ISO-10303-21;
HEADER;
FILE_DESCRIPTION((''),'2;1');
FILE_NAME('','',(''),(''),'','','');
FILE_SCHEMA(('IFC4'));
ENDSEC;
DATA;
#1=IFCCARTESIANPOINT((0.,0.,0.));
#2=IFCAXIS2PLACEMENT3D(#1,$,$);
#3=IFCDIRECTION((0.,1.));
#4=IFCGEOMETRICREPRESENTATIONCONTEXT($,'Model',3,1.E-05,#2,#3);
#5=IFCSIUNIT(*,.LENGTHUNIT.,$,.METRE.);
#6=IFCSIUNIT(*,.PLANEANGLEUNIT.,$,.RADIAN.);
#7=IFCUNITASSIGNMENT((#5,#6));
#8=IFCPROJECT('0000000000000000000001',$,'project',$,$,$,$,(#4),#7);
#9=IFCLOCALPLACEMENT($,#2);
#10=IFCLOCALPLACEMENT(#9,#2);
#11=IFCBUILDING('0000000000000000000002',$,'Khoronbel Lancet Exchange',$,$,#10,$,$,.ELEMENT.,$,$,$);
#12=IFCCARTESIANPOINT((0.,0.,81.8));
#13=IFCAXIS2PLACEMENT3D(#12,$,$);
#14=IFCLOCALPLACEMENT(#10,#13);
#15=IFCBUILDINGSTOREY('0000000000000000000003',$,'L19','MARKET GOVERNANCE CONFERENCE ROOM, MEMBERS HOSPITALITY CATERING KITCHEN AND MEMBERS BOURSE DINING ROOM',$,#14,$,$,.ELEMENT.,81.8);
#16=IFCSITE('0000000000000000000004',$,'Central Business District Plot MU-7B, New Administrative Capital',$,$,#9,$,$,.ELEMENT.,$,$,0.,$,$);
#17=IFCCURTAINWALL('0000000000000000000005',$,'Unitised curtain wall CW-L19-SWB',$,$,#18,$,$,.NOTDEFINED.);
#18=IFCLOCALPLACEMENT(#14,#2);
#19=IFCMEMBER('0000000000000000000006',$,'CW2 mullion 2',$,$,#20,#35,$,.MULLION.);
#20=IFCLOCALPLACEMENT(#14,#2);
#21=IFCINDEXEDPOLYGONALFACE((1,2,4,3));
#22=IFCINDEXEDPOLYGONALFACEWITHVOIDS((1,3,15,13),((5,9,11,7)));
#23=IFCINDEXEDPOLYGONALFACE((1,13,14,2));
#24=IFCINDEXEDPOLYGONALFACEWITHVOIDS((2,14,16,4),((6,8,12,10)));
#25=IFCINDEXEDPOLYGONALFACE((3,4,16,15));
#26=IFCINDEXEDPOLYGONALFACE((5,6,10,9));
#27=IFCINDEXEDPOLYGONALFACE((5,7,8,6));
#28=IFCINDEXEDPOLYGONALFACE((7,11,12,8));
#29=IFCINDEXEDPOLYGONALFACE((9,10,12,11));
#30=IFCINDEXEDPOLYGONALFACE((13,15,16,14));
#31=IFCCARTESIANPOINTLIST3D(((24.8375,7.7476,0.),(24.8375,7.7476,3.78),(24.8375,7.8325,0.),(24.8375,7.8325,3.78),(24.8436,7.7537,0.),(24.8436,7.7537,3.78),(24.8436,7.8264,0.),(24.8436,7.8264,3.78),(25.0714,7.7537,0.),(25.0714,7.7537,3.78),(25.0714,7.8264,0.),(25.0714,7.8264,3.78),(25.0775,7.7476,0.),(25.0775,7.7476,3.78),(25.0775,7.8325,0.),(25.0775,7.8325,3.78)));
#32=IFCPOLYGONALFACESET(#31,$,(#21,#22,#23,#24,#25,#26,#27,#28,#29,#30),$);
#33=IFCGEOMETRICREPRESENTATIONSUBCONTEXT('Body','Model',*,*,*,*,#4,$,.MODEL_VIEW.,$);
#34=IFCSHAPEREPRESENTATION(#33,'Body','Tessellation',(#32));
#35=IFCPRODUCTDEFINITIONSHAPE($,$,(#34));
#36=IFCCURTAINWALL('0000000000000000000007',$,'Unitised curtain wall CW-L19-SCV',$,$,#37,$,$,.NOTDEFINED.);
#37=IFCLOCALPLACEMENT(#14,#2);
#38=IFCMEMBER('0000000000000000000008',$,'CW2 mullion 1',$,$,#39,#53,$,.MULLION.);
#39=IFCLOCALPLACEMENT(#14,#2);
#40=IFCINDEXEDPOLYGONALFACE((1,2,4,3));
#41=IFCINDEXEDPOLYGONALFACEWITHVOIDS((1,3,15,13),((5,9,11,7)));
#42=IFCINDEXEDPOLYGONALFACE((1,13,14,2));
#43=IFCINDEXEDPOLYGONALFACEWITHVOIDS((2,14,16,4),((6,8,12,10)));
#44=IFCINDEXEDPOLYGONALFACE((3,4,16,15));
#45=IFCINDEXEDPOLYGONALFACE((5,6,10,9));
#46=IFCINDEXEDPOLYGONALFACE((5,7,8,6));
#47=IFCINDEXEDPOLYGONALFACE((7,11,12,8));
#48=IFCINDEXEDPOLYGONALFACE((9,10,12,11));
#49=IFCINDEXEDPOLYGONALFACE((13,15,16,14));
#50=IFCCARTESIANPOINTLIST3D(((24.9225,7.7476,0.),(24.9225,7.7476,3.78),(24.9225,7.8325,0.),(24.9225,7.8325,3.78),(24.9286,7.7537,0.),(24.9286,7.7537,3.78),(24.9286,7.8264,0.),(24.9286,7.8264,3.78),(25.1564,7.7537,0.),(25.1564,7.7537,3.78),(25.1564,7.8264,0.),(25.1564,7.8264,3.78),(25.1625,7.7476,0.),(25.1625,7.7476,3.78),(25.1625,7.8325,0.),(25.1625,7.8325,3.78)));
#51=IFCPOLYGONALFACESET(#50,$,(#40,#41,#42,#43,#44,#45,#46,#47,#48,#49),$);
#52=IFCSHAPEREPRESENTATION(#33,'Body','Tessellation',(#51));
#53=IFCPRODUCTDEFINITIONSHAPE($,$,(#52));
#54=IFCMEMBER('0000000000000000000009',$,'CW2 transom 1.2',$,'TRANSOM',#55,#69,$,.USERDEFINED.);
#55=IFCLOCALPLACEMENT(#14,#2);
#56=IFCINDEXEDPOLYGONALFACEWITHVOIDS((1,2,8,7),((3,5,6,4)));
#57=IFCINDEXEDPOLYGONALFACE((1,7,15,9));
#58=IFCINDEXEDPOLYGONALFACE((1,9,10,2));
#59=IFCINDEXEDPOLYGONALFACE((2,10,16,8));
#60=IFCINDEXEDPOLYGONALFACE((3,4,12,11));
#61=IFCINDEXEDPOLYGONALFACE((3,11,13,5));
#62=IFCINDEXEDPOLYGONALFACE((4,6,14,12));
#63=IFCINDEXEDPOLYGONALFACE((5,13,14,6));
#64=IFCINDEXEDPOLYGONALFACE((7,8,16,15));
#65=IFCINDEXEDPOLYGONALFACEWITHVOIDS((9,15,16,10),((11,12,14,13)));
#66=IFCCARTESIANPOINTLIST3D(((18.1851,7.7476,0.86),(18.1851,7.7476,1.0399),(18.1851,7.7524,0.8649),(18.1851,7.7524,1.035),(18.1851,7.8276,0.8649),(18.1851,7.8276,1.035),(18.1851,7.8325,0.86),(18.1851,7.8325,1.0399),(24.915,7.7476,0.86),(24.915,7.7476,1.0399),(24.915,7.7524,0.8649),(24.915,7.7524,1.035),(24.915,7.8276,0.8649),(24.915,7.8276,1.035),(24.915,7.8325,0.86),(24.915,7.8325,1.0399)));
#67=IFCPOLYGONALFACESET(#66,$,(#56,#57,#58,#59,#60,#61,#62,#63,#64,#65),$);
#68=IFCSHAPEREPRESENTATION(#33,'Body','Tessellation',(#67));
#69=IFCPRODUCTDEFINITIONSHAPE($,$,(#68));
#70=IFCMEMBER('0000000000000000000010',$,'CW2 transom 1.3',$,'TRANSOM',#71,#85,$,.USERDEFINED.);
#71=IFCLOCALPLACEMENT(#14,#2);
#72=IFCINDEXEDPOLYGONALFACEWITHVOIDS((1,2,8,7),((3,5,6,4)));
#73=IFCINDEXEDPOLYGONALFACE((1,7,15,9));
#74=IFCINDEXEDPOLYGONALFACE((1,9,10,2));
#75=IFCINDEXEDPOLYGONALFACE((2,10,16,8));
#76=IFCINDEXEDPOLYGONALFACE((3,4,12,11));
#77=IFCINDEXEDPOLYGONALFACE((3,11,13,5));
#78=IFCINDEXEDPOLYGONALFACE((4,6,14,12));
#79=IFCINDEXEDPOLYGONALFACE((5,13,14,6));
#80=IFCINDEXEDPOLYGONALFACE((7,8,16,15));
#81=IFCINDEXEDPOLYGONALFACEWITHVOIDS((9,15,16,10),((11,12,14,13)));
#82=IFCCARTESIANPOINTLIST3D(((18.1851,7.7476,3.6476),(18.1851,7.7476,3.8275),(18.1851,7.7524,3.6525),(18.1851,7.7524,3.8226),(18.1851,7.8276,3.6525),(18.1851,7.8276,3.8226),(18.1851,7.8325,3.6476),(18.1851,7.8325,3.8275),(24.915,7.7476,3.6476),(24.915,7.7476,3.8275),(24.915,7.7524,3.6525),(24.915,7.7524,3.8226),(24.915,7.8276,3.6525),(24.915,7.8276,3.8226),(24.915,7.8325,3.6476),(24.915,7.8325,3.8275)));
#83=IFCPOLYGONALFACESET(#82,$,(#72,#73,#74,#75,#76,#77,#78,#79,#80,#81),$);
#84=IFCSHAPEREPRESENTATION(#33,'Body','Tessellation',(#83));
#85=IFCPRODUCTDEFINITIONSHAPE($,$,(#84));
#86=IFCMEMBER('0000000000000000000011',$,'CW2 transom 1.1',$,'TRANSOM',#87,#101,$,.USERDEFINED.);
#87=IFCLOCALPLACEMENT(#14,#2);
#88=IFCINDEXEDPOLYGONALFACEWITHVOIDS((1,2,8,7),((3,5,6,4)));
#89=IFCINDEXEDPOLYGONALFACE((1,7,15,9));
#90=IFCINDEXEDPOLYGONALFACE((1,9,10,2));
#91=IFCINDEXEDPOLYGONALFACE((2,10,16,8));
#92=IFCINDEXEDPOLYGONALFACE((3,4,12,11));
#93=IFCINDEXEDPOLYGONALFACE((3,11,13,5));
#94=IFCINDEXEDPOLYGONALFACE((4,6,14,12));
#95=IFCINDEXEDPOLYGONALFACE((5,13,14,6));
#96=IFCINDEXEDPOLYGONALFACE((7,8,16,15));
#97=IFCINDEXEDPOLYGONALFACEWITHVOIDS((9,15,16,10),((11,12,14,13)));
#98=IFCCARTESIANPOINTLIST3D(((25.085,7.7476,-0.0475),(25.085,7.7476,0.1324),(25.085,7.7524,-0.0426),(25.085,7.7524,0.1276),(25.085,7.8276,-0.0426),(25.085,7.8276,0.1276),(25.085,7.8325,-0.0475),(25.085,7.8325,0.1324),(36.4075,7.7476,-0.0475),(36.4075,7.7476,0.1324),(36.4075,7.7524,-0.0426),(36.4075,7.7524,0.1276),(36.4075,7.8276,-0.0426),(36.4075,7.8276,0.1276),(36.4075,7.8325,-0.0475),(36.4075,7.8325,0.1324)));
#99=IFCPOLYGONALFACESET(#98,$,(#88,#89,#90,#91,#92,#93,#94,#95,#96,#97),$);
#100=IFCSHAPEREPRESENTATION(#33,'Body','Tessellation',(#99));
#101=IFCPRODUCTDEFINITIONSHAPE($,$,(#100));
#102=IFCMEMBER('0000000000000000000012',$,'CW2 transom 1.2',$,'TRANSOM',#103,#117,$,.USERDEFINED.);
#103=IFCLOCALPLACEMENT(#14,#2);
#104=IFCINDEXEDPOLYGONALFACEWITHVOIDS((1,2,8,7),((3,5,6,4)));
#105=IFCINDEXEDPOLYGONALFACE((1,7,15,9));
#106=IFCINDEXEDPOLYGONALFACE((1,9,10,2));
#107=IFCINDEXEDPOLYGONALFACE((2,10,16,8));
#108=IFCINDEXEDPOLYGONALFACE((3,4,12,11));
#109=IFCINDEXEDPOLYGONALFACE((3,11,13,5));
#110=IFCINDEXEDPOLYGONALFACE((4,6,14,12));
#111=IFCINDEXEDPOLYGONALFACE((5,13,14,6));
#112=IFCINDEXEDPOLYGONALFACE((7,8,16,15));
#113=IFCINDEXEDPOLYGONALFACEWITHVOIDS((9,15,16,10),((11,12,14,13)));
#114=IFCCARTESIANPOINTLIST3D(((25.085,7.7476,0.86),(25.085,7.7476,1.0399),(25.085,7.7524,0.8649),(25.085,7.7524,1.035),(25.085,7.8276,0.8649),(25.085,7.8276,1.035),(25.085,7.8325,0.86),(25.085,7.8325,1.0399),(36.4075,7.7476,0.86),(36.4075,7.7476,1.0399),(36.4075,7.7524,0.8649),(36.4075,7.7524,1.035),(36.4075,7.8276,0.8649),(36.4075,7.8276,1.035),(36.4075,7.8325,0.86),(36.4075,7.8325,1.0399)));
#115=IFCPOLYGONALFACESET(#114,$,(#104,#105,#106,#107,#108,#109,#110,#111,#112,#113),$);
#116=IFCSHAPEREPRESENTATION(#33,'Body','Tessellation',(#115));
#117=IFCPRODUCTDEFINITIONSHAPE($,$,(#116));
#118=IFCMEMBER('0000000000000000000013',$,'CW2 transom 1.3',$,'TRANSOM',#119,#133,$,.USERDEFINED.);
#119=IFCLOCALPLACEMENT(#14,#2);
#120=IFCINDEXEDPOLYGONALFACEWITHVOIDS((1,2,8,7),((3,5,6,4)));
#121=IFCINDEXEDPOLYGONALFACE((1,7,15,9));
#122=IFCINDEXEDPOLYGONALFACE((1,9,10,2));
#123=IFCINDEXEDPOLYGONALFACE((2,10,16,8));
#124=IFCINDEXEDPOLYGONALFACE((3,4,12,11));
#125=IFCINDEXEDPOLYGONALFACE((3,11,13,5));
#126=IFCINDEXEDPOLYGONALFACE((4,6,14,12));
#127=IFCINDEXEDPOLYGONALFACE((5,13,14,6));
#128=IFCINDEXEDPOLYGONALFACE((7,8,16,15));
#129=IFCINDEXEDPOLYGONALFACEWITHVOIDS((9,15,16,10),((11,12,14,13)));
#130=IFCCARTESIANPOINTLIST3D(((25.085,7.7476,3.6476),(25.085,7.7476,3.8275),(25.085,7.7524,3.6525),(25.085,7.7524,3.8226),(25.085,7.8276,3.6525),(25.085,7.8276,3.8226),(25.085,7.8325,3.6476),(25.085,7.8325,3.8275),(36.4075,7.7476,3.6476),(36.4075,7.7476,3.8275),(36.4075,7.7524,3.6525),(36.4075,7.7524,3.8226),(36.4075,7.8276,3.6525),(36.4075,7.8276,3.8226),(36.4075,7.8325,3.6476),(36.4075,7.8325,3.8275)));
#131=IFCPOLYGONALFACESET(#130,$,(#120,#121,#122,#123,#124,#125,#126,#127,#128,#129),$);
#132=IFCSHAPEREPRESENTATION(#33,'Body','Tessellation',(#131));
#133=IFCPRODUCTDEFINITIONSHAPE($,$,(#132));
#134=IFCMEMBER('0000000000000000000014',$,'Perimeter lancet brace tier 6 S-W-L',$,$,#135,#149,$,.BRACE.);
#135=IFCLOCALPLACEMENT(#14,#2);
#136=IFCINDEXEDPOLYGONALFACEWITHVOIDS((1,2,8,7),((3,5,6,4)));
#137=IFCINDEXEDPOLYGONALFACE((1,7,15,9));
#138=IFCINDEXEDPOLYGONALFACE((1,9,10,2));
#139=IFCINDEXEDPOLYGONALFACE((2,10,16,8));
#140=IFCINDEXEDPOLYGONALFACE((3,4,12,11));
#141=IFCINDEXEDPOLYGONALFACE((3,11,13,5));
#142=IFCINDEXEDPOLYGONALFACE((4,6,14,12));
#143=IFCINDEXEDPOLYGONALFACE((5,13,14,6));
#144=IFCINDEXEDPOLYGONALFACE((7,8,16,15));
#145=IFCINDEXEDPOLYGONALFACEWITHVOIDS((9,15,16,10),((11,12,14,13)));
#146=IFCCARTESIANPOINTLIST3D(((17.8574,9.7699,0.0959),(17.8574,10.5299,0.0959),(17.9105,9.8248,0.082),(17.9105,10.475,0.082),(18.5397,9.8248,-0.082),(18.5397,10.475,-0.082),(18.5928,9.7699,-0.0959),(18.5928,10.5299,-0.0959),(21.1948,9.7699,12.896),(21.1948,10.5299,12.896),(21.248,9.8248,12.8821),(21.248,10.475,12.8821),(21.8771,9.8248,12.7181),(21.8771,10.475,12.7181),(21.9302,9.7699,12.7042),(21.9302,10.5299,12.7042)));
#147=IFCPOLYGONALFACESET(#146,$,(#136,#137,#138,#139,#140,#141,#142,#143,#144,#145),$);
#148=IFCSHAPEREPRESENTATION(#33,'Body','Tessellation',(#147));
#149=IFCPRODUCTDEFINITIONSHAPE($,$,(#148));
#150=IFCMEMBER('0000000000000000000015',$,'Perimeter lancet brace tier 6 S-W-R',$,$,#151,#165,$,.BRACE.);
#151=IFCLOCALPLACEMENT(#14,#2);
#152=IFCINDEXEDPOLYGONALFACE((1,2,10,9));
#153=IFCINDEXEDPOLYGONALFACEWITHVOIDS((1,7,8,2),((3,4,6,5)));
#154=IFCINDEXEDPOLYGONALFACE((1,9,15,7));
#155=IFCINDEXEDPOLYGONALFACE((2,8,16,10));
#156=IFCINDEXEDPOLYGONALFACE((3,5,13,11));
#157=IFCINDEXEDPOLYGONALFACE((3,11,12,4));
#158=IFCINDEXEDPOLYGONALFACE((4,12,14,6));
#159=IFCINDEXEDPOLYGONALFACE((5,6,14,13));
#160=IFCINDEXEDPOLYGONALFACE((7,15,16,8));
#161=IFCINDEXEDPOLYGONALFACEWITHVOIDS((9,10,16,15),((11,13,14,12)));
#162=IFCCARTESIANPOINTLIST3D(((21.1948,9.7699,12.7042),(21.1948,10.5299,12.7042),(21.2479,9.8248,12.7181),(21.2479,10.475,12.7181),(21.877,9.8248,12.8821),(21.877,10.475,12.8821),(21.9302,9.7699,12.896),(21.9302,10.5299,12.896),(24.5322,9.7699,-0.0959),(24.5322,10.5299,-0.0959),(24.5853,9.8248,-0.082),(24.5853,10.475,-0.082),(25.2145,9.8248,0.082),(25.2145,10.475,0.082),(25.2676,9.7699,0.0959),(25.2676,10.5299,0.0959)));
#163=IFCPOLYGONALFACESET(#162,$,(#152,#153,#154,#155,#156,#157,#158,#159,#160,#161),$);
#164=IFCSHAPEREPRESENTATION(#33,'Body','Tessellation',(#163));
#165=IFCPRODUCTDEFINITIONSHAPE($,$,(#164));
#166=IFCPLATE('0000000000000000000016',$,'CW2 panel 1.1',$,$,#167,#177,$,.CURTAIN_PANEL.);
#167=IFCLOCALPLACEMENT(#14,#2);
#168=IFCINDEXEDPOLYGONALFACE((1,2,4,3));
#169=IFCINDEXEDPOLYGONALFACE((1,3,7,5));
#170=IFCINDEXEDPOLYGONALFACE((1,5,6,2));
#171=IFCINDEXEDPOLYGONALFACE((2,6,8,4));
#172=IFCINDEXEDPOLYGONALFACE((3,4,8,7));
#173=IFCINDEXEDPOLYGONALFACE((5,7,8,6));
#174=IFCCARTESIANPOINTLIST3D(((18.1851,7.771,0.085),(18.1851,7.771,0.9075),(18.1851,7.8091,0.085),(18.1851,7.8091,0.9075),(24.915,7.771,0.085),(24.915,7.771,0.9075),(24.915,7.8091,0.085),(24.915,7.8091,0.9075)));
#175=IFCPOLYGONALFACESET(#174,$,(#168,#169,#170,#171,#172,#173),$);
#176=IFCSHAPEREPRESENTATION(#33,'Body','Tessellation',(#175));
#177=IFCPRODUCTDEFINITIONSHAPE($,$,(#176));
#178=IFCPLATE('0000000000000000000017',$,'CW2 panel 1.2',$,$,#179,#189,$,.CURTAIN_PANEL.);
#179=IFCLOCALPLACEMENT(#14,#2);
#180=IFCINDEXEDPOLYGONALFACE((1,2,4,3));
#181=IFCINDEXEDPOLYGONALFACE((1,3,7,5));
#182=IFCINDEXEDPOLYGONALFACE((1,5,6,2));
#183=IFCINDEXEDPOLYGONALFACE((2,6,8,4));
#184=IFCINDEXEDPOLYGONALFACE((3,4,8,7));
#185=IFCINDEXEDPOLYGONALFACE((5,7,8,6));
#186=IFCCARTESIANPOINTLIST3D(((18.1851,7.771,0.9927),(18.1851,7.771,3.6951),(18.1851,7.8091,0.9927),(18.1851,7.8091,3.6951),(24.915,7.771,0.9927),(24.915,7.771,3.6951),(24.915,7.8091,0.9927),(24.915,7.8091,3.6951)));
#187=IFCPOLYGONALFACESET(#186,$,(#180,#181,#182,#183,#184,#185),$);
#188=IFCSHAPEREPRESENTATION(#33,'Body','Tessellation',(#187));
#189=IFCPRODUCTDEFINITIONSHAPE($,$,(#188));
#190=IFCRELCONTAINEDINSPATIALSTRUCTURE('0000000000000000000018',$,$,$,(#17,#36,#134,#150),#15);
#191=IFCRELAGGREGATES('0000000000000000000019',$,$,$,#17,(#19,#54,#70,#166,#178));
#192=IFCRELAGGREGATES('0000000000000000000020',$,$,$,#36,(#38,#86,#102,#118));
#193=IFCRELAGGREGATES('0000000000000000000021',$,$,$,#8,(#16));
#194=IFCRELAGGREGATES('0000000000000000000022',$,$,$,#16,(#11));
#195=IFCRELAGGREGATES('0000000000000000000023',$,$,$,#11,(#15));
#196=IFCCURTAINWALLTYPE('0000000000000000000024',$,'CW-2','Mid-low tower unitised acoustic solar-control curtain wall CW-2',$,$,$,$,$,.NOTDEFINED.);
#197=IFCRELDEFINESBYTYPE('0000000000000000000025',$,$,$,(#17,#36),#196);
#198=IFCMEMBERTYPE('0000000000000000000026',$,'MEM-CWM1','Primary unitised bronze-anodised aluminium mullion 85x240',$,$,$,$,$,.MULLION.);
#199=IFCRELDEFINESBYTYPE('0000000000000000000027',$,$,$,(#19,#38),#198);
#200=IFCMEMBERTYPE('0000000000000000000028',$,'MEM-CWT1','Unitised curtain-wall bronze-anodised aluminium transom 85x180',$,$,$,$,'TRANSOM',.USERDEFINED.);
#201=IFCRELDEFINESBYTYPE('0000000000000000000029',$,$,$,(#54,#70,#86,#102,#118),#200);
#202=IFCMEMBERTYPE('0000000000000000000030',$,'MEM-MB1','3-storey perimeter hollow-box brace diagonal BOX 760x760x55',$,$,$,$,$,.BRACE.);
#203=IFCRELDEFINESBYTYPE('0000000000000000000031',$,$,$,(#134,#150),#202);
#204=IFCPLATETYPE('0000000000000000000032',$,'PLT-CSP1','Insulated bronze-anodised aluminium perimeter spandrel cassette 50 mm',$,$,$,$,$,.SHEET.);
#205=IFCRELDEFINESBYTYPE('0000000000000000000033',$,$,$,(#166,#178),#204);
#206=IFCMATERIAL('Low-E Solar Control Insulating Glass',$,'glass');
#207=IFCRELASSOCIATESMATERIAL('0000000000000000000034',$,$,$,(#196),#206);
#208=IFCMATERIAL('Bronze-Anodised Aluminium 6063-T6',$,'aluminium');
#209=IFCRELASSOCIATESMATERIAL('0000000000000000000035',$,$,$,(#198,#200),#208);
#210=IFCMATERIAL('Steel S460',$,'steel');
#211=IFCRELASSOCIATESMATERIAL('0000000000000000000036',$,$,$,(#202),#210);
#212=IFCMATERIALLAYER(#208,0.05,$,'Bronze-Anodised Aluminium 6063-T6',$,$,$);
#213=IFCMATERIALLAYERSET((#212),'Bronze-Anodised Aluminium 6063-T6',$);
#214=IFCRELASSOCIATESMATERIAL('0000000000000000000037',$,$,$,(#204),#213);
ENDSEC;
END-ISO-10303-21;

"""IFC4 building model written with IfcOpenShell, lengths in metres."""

from ifc_helpers import new_model, si_unit, direction, frame, origin, origin_2d, place, context, subcontext, project, spatial, rectangle, hollow_rectangle, extrude, material, layer, layer_set, material_profile, profile_set, type_object, element, aggregate, save


model = new_model("IFC4")

# Units and contexts
model_context = context("Model", 3, precision=1e-05, world=origin(), true_north=direction((0.0, 1.0)))
body_context = subcontext(model_context, "Body", "Model", "MODEL_VIEW")
ifc_project = project(units=[si_unit("LENGTHUNIT", "METRE"), si_unit("PLANEANGLEUNIT", "RADIAN")], contexts=[model_context])

# Site, building, storey
site_placement = place(None, origin())
site = spatial("IfcSite", under=ifc_project, at=site_placement, Name="Central Business District Plot MU-7B, New Administrative Capital", CompositionType="ELEMENT", RefElevation=0.0)
building_placement = place(site_placement, origin())
building = spatial("IfcBuilding", under=site, at=building_placement, Name="Khoronbel Lancet Exchange", CompositionType="ELEMENT")
storey_placement = place(building_placement, frame((0.0, 0.0, 81.8)))
storey = spatial("IfcBuildingStorey", under=building, at=storey_placement, Name="L19", Description="MARKET GOVERNANCE CONFERENCE ROOM, MEMBERS HOSPITALITY CATERING KITCHEN AND MEMBERS BOURSE DINING ROOM", CompositionType="ELEMENT", Elevation=81.8)

# Shared definitions
ifc_material_1 = material(Name="Steel S460", Category="steel")

# Curtain walls, members
ifc_material_2 = material(Name="Low-E Solar Control Insulating Glass", Category="glass")
curtain_wall_type = type_object("IfcCurtainWallType", Name="CW-2", Description="Mid-low tower unitised acoustic solar-control curtain wall CW-2", PredefinedType="NOTDEFINED", material=ifc_material_2)
curtain_wall_1_placement = place(storey_placement, origin())
curtain_wall_1 = element("IfcCurtainWall", 1, at=curtain_wall_1_placement, inside=storey, type_object=curtain_wall_type, Name="Unitised curtain wall CW-L19-SWB", PredefinedType="NOTDEFINED")
ifc_material_3 = material(Name="Bronze-Anodised Aluminium 6063-T6", Category="aluminium")
ifc_material_profile_1 = material_profile(ifc_material_3, hollow_rectangle(XDim=0.085, YDim=0.24, WallThickness=0.0061, at=origin_2d()), Name="ALU MULLION 85x240")
ifc_profile_set_1 = profile_set([ifc_material_profile_1], Name="Bronze-Anodised Aluminium 6063-T6")
member_type_1 = type_object("IfcMemberType", Name="MEM-CWM1", Description="Primary unitised bronze-anodised aluminium mullion 85x240", PredefinedType="MULLION", material=ifc_profile_set_1)
member_1_placement = place(storey_placement, frame((24.9575, 7.79, 0.0), z_axis=(0.0, 0.0, 1.0), x_axis=(0.0, 1.0, 0.0)))
member_1 = element("IfcMember", 2, at=member_1_placement, type_object=member_type_1, Name="CW2 mullion 2", PredefinedType="MULLION", context=body_context, shape_type="SweptSolid", body=[
    extrude(hollow_rectangle(XDim=0.085, YDim=0.24, WallThickness=0.0061, at=origin_2d()), origin(), (0.0, 0.0, 1.0), 3.78),
])
curtain_wall_2_placement = place(storey_placement, origin())
curtain_wall_2 = element("IfcCurtainWall", 3, at=curtain_wall_2_placement, inside=storey, type_object=curtain_wall_type, Name="Unitised curtain wall CW-L19-SCV", PredefinedType="NOTDEFINED")
member_2_placement = place(storey_placement, frame((25.0425, 7.79, 0.0), z_axis=(0.0, 0.0, 1.0), x_axis=(0.0, 1.0, 0.0)))
member_2 = element("IfcMember", 4, at=member_2_placement, type_object=member_type_1, Name="CW2 mullion 1", PredefinedType="MULLION", context=body_context, shape_type="SweptSolid", body=[
    extrude(hollow_rectangle(XDim=0.085, YDim=0.24, WallThickness=0.0061, at=origin_2d()), origin(), (0.0, 0.0, 1.0), 3.78),
])

# Members
ifc_material_profile_2 = material_profile(ifc_material_3, hollow_rectangle(XDim=0.085, YDim=0.1799, WallThickness=0.0049, at=origin_2d()), Name="ALU TRANSOM 85x180")
ifc_profile_set_2 = profile_set([ifc_material_profile_2], Name="Bronze-Anodised Aluminium 6063-T6")
member_type_2 = type_object("IfcMemberType", Name="MEM-CWT1", Description="Unitised curtain-wall bronze-anodised aluminium transom 85x180", ElementType="TRANSOM", PredefinedType="USERDEFINED", material=ifc_profile_set_2)
member_3_placement = place(storey_placement, frame((18.1851, 7.79, 0.95), z_axis=(1.0, 0.0, 0.0), x_axis=(0.0, 1.0, 0.0)))
member_3 = element("IfcMember", 5, at=member_3_placement, type_object=member_type_2, Name="CW2 transom 1.2", ObjectType="TRANSOM", PredefinedType="USERDEFINED", context=body_context, shape_type="SweptSolid", body=[
    extrude(hollow_rectangle(XDim=0.085, YDim=0.1799, WallThickness=0.0049, at=origin_2d()), origin(), (0.0, 0.0, 1.0), 6.73),
])
member_4_placement = place(storey_placement, frame((18.1851, 7.79, 3.7375), z_axis=(1.0, 0.0, 0.0), x_axis=(0.0, 1.0, 0.0)))
member_4 = element("IfcMember", 6, at=member_4_placement, type_object=member_type_2, Name="CW2 transom 1.3", ObjectType="TRANSOM", PredefinedType="USERDEFINED", context=body_context, shape_type="SweptSolid", body=[
    extrude(hollow_rectangle(XDim=0.085, YDim=0.1799, WallThickness=0.0049, at=origin_2d()), origin(), (0.0, 0.0, 1.0), 6.73),
])
member_5_placement = place(storey_placement, frame((25.085, 7.79, 0.0425), z_axis=(1.0, 0.0, 0.0), x_axis=(0.0, 1.0, 0.0)))
member_5 = element("IfcMember", 7, at=member_5_placement, type_object=member_type_2, Name="CW2 transom 1.1", ObjectType="TRANSOM", PredefinedType="USERDEFINED", context=body_context, shape_type="SweptSolid", body=[
    extrude(hollow_rectangle(XDim=0.085, YDim=0.1799, WallThickness=0.0049, at=origin_2d()), origin(), (0.0, 0.0, 1.0), 11.3225),
])
member_6_placement = place(storey_placement, frame((25.085, 7.79, 0.95), z_axis=(1.0, 0.0, 0.0), x_axis=(0.0, 1.0, 0.0)))
member_6 = element("IfcMember", 8, at=member_6_placement, type_object=member_type_2, Name="CW2 transom 1.2", ObjectType="TRANSOM", PredefinedType="USERDEFINED", context=body_context, shape_type="SweptSolid", body=[
    extrude(hollow_rectangle(XDim=0.085, YDim=0.1799, WallThickness=0.0049, at=origin_2d()), origin(), (0.0, 0.0, 1.0), 11.3225),
])
member_7_placement = place(storey_placement, frame((25.085, 7.79, 3.7375), z_axis=(1.0, 0.0, 0.0), x_axis=(0.0, 1.0, 0.0)))
member_7 = element("IfcMember", 9, at=member_7_placement, type_object=member_type_2, Name="CW2 transom 1.3", ObjectType="TRANSOM", PredefinedType="USERDEFINED", context=body_context, shape_type="SweptSolid", body=[
    extrude(hollow_rectangle(XDim=0.085, YDim=0.1799, WallThickness=0.0049, at=origin_2d()), origin(), (0.0, 0.0, 1.0), 11.3225),
])

# Members
ifc_material_profile_3 = material_profile(ifc_material_1, hollow_rectangle(XDim=0.76, YDim=0.76, WallThickness=0.0549, at=origin_2d()), Name="BOX 760x760x55")
ifc_profile_set_3 = profile_set([ifc_material_profile_3], Name="Steel S460")
member_type_3 = type_object("IfcMemberType", Name="MEM-MB1", Description="3-storey perimeter hollow-box brace diagonal BOX 760x760x55", PredefinedType="BRACE", material=ifc_profile_set_3)
for number, where, z_axis, x_axis, name in (
    (10, (18.2251, 10.1499, 0.0), (0.252299, 0.0, 0.967649), (0.0, 1.0, 0.0), "Perimeter lancet brace tier 6 S-W-L"),
    (11, (24.8999, 10.1499, 0.0), (-0.252299, 0.0, 0.967649), (0.0, -1.0, 0.0), "Perimeter lancet brace tier 6 S-W-R"),
):
    element("IfcMember", number, at=place(storey_placement, frame(where, z_axis=z_axis, x_axis=x_axis)), inside=storey, type_object=member_type_3, Name=name, PredefinedType="BRACE", context=body_context, shape_type="SweptSolid", body=[
        extrude(hollow_rectangle(XDim=0.76, YDim=0.76, WallThickness=0.0549, at=origin_2d()), origin(), (0.0, 0.0, 1.0), 13.228),
    ])

# Plates
ifc_layer_1 = layer(ifc_material_3, 0.05, Name="Bronze-Anodised Aluminium 6063-T6")
ifc_layer_set_1 = layer_set([ifc_layer_1], Name="Bronze-Anodised Aluminium 6063-T6")
plate_type_1 = type_object("IfcPlateType", Name="PLT-CSP1", Description="Insulated bronze-anodised aluminium perimeter spandrel cassette 50 mm", PredefinedType="SHEET", material=ifc_layer_set_1)
plate_1_placement = place(storey_placement, frame((21.55, 7.79, 0.085), z_axis=(0.0, 0.0, 1.0), x_axis=(1.0, 0.0, 0.0)))
plate_1 = element("IfcPlate", 12, at=plate_1_placement, type_object=plate_type_1, Name="CW2 panel 1.1", PredefinedType="CURTAIN_PANEL", context=body_context, shape_type="SweptSolid", body=[
    extrude(rectangle(XDim=6.73, YDim=0.0381, at=origin_2d()), origin(), (0.0, 0.0, 1.0), 0.8225),
])
plate_2_placement = place(storey_placement, frame((21.55, 7.79, 0.9927), z_axis=(0.0, 0.0, 1.0), x_axis=(1.0, 0.0, 0.0)))
plate_2 = element("IfcPlate", 13, at=plate_2_placement, type_object=plate_type_1, Name="CW2 panel 1.2", PredefinedType="CURTAIN_PANEL", context=body_context, shape_type="SweptSolid", body=[
    extrude(rectangle(XDim=6.73, YDim=0.0381, at=origin_2d()), origin(), (0.0, 0.0, 1.0), 2.7024),
])
aggregate(curtain_wall_1, [member_1, member_3, member_4, plate_1, plate_2])
aggregate(curtain_wall_2, [member_2, member_5, member_6, member_7])

save(model, "model.ifc")
